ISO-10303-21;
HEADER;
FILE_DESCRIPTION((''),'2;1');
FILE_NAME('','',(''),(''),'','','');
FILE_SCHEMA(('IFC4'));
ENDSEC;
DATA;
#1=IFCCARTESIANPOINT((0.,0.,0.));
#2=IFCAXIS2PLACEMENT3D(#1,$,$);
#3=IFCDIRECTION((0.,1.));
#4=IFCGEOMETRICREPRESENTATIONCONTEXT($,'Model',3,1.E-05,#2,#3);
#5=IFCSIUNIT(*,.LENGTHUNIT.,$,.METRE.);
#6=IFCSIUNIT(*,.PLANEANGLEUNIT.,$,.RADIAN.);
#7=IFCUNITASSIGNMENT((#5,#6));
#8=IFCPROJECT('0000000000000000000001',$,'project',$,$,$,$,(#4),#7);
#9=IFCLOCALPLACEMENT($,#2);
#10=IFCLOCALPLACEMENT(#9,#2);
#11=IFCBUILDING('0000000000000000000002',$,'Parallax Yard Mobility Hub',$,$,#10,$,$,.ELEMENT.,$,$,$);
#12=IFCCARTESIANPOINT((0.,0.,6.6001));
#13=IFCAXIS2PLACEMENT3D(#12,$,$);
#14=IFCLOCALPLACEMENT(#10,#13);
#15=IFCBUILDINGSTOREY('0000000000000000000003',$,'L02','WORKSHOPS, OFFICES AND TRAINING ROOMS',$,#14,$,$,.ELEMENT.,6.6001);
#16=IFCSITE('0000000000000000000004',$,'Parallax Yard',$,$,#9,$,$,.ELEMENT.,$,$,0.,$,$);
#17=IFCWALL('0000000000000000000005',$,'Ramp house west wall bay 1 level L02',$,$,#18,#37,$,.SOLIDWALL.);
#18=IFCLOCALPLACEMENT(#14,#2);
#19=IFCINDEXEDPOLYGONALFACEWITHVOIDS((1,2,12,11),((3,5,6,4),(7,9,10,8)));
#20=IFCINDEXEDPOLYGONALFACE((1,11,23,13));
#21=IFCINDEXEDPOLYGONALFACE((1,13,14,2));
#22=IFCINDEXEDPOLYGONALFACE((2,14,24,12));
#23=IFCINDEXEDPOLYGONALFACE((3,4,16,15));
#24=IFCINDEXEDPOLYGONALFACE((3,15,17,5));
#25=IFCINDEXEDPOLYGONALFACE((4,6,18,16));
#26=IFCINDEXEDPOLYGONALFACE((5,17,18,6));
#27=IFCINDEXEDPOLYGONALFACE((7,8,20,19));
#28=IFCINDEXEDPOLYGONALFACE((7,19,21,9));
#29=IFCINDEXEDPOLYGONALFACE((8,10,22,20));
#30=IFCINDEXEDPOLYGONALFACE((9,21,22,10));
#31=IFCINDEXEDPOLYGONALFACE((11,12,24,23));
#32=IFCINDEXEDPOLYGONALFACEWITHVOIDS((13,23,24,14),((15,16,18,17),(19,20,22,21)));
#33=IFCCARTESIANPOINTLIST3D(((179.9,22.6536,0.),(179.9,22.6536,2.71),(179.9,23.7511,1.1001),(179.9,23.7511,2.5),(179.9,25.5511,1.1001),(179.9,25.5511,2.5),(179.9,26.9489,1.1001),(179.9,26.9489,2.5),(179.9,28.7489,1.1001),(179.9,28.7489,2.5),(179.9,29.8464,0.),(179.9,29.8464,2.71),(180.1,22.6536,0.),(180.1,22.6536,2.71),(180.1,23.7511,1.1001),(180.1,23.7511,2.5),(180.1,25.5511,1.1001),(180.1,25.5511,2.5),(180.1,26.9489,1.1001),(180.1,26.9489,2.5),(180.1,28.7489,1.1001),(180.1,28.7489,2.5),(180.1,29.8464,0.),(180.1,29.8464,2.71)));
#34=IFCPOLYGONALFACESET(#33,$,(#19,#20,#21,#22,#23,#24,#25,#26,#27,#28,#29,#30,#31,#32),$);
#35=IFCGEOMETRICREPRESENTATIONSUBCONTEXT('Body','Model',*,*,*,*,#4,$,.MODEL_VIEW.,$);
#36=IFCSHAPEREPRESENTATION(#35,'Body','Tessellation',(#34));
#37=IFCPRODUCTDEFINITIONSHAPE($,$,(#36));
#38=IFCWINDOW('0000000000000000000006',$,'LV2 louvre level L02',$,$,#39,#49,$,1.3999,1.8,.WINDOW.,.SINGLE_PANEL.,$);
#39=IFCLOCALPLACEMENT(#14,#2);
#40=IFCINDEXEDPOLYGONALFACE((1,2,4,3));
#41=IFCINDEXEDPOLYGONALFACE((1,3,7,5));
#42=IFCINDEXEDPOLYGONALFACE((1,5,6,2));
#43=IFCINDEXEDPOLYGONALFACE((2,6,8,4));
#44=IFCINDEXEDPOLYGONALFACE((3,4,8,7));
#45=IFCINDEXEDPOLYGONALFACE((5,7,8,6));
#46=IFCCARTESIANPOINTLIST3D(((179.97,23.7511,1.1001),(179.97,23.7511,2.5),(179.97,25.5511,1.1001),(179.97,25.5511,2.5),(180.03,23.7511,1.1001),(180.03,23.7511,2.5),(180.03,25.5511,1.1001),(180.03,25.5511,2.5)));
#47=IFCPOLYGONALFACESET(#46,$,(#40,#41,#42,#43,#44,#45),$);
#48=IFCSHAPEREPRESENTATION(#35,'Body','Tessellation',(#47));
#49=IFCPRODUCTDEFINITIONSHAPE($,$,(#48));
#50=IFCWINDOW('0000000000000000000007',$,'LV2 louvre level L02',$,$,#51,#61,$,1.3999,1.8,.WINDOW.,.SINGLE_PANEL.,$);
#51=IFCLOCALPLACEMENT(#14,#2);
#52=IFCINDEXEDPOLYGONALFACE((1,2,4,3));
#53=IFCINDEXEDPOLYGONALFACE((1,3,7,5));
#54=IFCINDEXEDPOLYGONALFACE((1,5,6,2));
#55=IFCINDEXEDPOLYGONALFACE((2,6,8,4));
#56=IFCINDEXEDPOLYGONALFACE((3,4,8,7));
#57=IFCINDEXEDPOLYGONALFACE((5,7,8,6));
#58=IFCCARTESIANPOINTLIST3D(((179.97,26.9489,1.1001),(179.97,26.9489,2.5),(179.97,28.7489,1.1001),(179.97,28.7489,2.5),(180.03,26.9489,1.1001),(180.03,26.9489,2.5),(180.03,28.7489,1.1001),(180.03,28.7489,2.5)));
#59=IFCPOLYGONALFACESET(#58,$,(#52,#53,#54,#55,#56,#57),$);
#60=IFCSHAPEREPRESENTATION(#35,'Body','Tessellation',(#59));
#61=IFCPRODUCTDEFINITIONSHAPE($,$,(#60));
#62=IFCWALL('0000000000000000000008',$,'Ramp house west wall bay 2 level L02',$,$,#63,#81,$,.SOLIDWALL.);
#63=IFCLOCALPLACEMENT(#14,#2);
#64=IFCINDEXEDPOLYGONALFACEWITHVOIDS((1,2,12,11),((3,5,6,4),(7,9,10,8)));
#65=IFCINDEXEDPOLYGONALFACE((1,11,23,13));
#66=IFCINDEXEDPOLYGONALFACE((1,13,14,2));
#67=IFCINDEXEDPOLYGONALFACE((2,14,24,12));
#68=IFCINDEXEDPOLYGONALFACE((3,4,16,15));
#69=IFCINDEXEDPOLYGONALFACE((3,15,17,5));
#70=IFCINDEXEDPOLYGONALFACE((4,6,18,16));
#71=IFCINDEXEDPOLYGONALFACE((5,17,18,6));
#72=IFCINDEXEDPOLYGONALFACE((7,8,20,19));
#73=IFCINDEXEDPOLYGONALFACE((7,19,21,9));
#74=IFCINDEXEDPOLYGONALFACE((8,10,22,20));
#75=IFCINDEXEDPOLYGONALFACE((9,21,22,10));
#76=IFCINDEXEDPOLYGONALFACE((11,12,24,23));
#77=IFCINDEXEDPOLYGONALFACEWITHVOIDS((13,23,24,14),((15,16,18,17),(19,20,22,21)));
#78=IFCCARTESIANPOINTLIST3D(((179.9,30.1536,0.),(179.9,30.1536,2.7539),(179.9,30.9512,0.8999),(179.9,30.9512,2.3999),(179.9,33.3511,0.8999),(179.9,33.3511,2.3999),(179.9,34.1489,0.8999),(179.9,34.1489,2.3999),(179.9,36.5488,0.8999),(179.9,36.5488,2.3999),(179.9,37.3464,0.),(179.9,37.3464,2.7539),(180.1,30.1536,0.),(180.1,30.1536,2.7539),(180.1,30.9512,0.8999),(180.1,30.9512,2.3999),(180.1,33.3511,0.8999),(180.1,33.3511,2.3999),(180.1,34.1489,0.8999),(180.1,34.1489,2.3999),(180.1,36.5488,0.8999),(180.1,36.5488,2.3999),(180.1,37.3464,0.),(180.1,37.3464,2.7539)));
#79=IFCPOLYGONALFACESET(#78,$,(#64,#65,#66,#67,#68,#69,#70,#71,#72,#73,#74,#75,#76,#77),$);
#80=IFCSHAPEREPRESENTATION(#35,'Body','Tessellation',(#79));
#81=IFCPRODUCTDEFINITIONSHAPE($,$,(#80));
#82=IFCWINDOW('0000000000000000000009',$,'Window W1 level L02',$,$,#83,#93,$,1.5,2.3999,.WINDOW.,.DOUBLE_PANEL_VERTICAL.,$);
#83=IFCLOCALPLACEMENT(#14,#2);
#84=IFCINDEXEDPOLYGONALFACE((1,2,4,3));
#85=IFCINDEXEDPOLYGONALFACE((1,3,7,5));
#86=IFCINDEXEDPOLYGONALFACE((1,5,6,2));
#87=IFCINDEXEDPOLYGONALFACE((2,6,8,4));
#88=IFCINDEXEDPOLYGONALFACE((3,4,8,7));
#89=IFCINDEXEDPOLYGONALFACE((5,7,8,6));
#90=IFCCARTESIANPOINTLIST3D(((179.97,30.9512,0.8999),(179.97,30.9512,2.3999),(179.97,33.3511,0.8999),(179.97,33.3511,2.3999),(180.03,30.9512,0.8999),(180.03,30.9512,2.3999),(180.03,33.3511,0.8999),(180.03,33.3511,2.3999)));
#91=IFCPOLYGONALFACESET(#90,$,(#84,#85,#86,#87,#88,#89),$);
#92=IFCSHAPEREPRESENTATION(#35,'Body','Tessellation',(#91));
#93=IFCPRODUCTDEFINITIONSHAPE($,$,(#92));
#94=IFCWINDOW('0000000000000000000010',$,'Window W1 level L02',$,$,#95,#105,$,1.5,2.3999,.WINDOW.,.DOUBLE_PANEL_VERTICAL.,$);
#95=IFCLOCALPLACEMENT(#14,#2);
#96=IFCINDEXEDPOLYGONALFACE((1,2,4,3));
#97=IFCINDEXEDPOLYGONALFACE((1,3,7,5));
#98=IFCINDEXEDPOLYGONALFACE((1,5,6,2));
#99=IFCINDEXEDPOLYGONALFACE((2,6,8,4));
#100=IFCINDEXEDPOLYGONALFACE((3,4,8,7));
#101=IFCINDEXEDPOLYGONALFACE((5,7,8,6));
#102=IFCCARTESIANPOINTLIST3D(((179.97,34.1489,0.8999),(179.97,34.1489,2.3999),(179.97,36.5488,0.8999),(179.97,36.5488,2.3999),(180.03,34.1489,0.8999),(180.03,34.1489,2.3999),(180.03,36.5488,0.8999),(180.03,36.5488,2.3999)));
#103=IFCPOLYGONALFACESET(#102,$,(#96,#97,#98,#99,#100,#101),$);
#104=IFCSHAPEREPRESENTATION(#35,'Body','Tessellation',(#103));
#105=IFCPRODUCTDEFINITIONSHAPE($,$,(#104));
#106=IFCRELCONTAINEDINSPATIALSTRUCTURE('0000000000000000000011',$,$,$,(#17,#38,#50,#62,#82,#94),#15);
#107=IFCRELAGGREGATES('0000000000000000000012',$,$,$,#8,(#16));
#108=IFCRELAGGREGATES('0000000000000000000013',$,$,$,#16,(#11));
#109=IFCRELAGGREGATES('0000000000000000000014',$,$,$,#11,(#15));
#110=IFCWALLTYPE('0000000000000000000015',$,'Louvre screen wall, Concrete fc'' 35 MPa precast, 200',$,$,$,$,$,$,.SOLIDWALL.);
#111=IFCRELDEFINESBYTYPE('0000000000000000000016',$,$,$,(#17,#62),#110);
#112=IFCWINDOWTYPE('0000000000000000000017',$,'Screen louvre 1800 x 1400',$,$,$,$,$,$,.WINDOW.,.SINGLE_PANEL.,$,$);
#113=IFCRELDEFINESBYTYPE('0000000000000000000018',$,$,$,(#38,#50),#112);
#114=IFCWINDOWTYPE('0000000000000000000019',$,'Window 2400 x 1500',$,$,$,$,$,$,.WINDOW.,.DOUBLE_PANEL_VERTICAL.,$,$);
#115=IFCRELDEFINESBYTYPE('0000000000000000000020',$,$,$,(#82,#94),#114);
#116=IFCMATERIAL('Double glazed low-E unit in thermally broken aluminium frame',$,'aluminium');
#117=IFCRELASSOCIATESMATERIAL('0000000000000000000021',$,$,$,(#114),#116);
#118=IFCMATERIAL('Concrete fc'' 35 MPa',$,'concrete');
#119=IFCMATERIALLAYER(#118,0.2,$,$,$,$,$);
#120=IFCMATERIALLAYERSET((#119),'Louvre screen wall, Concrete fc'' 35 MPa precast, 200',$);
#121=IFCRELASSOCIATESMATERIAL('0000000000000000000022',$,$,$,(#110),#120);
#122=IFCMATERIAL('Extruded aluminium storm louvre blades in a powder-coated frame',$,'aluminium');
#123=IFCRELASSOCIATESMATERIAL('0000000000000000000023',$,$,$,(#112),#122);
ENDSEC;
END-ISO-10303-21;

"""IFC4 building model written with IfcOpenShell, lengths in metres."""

from ifc_helpers import new_model, si_unit, direction, frame, frame_2d, origin, place, context, subcontext, project, spatial, rectangle, extrude, material, layer, layer_set, type_object, element, fill, save


model = new_model("IFC4")

# Units and contexts
model_context = context("Model", 3, precision=1e-05, world=origin(), true_north=direction((0.0, 1.0)))
body_context = subcontext(model_context, "Body", "Model", "MODEL_VIEW")
ifc_project = project(units=[si_unit("LENGTHUNIT", "METRE"), si_unit("PLANEANGLEUNIT", "RADIAN")], contexts=[model_context])

# Site, building, storey
site_placement = place(None, origin())
site = spatial("IfcSite", under=ifc_project, at=site_placement, Name="Parallax Yard", CompositionType="ELEMENT", RefElevation=0.0)
building_placement = place(site_placement, origin())
building = spatial("IfcBuilding", under=site, at=building_placement, Name="Parallax Yard Mobility Hub", CompositionType="ELEMENT")
storey_placement = place(building_placement, frame((0.0, 0.0, 6.6001)))
storey = spatial("IfcBuildingStorey", under=building, at=storey_placement, Name="L02", Description="WORKSHOPS, OFFICES AND TRAINING ROOMS", CompositionType="ELEMENT", Elevation=6.6001)

# Shared definitions
ifc_material_1 = material(Name="Concrete fc' 35 MPa", Category="concrete")
ifc_material_2 = material(Name="Double glazed low-E unit in thermally broken aluminium frame", Category="aluminium")
window_type_1 = type_object("IfcWindowType", Name="Window 2400 x 1500", PartitioningType="DOUBLE_PANEL_VERTICAL", PredefinedType="WINDOW", material=ifc_material_2)

# Walls, openings, windows
ifc_layer_1 = layer(ifc_material_1, 0.2)
ifc_layer_set_1 = layer_set([ifc_layer_1], Name="Louvre screen wall, Concrete fc' 35 MPa precast, 200")
wall_type_1 = type_object("IfcWallType", Name="Louvre screen wall, Concrete fc' 35 MPa precast, 200", PredefinedType="SOLIDWALL", material=ifc_layer_set_1)
wall_1_placement = place(storey_placement, frame((180.0, 22.6536, 0.0), z_axis=(0.0, 0.0, 1.0), x_axis=(0.0, 1.0, 0.0)))
wall_1 = element("IfcWall", 1, at=wall_1_placement, inside=storey, type_object=wall_type_1, Name="Ramp house west wall bay 1 level L02", PredefinedType="SOLIDWALL", context=body_context, shape_type="SweptSolid", body=[
    extrude(rectangle(XDim=7.1929, YDim=0.2, at=frame_2d((3.5964, 0.0))), origin(), (0.0, 0.0, 1.0), 2.71),
])
opening_1_placement = place(wall_1_placement, frame((1.0977, 0.0, 1.1001)))
opening_1 = element("IfcOpeningElement", 2, at=opening_1_placement, cuts=wall_1, PredefinedType="OPENING", context=body_context, shape_type="SweptSolid", body=[
    extrude(rectangle(XDim=1.8, YDim=1.3999, at=frame_2d((0.8999, 0.7))), frame((0.0, 0.1099, 0.0), z_axis=(0.0, -1.0, 0.0), x_axis=(1.0, 0.0, 0.0)), (0.0, 0.0, 1.0), 0.22),
])
opening_2_placement = place(wall_1_placement, frame((4.2954, 0.0, 1.1001)))
opening_2 = element("IfcOpeningElement", 3, at=opening_2_placement, cuts=wall_1, PredefinedType="OPENING", context=body_context, shape_type="SweptSolid", body=[
    extrude(rectangle(XDim=1.8, YDim=1.3999, at=frame_2d((0.8999, 0.7))), frame((0.0, 0.1099, 0.0), z_axis=(0.0, -1.0, 0.0), x_axis=(1.0, 0.0, 0.0)), (0.0, 0.0, 1.0), 0.22),
])
ifc_material_3 = material(Name="Extruded aluminium storm louvre blades in a powder-coated frame", Category="aluminium")
window_type_2 = type_object("IfcWindowType", Name="Screen louvre 1800 x 1400", PartitioningType="SINGLE_PANEL", PredefinedType="WINDOW", material=ifc_material_3)
window_1_placement = place(opening_1_placement, origin())
window_1 = element("IfcWindow", 4, at=window_1_placement, inside=storey, type_object=window_type_2, Name="LV2 louvre level L02", OverallHeight=1.3999, OverallWidth=1.8, PartitioningType="SINGLE_PANEL", PredefinedType="WINDOW", context=body_context, shape_type="SweptSolid", body=[
    extrude(rectangle(XDim=1.8, YDim=1.3999, at=frame_2d((0.8999, 0.7))), frame((0.0, 0.03, 0.0), z_axis=(0.0, -1.0, 0.0), x_axis=(1.0, 0.0, 0.0)), (0.0, 0.0, 1.0), 0.0601),
])
fill(opening_1, window_1)
window_2_placement = place(opening_2_placement, origin())
window_2 = element("IfcWindow", 5, at=window_2_placement, inside=storey, type_object=window_type_2, Name="LV2 louvre level L02", OverallHeight=1.3999, OverallWidth=1.8, PartitioningType="SINGLE_PANEL", PredefinedType="WINDOW", context=body_context, shape_type="SweptSolid", body=[
    extrude(rectangle(XDim=1.8, YDim=1.3999, at=frame_2d((0.8999, 0.7))), frame((0.0, 0.03, 0.0), z_axis=(0.0, -1.0, 0.0), x_axis=(1.0, 0.0, 0.0)), (0.0, 0.0, 1.0), 0.0601),
])
fill(opening_2, window_2)
wall_2_placement = place(storey_placement, frame((180.0, 30.1536, 0.0), z_axis=(0.0, 0.0, 1.0), x_axis=(0.0, 1.0, 0.0)))
wall_2 = element("IfcWall", 6, at=wall_2_placement, inside=storey, type_object=wall_type_1, Name="Ramp house west wall bay 2 level L02", PredefinedType="SOLIDWALL", context=body_context, shape_type="SweptSolid", body=[
    extrude(rectangle(XDim=7.1929, YDim=0.2, at=frame_2d((3.5964, 0.0))), origin(), (0.0, 0.0, 1.0), 2.7539),
])
opening_3_placement = place(wall_2_placement, frame((0.7976, 0.0, 0.8999)))
opening_3 = element("IfcOpeningElement", 7, at=opening_3_placement, cuts=wall_2, PredefinedType="OPENING", context=body_context, shape_type="SweptSolid", body=[
    extrude(rectangle(XDim=2.3999, YDim=1.5, at=frame_2d((1.2, 0.75))), frame((0.0, 0.1099, 0.0), z_axis=(0.0, -1.0, 0.0), x_axis=(1.0, 0.0, 0.0)), (0.0, 0.0, 1.0), 0.22),
])
opening_4_placement = place(wall_2_placement, frame((3.9954, 0.0, 0.8999)))
opening_4 = element("IfcOpeningElement", 8, at=opening_4_placement, cuts=wall_2, PredefinedType="OPENING", context=body_context, shape_type="SweptSolid", body=[
    extrude(rectangle(XDim=2.3999, YDim=1.5, at=frame_2d((1.2, 0.75))), frame((0.0, 0.1099, 0.0), z_axis=(0.0, -1.0, 0.0), x_axis=(1.0, 0.0, 0.0)), (0.0, 0.0, 1.0), 0.22),
])
window_3_placement = place(opening_3_placement, origin())
window_3 = element("IfcWindow", 9, at=window_3_placement, inside=storey, type_object=window_type_1, Name="Window W1 level L02", OverallHeight=1.5, OverallWidth=2.3999, PartitioningType="DOUBLE_PANEL_VERTICAL", PredefinedType="WINDOW", context=body_context, shape_type="SweptSolid", body=[
    extrude(rectangle(XDim=2.3999, YDim=1.5, at=frame_2d((1.2, 0.75))), frame((0.0, 0.03, 0.0), z_axis=(0.0, -1.0, 0.0), x_axis=(1.0, 0.0, 0.0)), (0.0, 0.0, 1.0), 0.0601),
])
fill(opening_3, window_3)
window_4_placement = place(opening_4_placement, origin())
window_4 = element("IfcWindow", 10, at=window_4_placement, inside=storey, type_object=window_type_1, Name="Window W1 level L02", OverallHeight=1.5, OverallWidth=2.3999, PartitioningType="DOUBLE_PANEL_VERTICAL", PredefinedType="WINDOW", context=body_context, shape_type="SweptSolid", body=[
    extrude(rectangle(XDim=2.3999, YDim=1.5, at=frame_2d((1.2, 0.75))), frame((0.0, 0.03, 0.0), z_axis=(0.0, -1.0, 0.0), x_axis=(1.0, 0.0, 0.0)), (0.0, 0.0, 1.0), 0.0601),
])
fill(opening_4, window_4)

save(model, "model.ifc")
